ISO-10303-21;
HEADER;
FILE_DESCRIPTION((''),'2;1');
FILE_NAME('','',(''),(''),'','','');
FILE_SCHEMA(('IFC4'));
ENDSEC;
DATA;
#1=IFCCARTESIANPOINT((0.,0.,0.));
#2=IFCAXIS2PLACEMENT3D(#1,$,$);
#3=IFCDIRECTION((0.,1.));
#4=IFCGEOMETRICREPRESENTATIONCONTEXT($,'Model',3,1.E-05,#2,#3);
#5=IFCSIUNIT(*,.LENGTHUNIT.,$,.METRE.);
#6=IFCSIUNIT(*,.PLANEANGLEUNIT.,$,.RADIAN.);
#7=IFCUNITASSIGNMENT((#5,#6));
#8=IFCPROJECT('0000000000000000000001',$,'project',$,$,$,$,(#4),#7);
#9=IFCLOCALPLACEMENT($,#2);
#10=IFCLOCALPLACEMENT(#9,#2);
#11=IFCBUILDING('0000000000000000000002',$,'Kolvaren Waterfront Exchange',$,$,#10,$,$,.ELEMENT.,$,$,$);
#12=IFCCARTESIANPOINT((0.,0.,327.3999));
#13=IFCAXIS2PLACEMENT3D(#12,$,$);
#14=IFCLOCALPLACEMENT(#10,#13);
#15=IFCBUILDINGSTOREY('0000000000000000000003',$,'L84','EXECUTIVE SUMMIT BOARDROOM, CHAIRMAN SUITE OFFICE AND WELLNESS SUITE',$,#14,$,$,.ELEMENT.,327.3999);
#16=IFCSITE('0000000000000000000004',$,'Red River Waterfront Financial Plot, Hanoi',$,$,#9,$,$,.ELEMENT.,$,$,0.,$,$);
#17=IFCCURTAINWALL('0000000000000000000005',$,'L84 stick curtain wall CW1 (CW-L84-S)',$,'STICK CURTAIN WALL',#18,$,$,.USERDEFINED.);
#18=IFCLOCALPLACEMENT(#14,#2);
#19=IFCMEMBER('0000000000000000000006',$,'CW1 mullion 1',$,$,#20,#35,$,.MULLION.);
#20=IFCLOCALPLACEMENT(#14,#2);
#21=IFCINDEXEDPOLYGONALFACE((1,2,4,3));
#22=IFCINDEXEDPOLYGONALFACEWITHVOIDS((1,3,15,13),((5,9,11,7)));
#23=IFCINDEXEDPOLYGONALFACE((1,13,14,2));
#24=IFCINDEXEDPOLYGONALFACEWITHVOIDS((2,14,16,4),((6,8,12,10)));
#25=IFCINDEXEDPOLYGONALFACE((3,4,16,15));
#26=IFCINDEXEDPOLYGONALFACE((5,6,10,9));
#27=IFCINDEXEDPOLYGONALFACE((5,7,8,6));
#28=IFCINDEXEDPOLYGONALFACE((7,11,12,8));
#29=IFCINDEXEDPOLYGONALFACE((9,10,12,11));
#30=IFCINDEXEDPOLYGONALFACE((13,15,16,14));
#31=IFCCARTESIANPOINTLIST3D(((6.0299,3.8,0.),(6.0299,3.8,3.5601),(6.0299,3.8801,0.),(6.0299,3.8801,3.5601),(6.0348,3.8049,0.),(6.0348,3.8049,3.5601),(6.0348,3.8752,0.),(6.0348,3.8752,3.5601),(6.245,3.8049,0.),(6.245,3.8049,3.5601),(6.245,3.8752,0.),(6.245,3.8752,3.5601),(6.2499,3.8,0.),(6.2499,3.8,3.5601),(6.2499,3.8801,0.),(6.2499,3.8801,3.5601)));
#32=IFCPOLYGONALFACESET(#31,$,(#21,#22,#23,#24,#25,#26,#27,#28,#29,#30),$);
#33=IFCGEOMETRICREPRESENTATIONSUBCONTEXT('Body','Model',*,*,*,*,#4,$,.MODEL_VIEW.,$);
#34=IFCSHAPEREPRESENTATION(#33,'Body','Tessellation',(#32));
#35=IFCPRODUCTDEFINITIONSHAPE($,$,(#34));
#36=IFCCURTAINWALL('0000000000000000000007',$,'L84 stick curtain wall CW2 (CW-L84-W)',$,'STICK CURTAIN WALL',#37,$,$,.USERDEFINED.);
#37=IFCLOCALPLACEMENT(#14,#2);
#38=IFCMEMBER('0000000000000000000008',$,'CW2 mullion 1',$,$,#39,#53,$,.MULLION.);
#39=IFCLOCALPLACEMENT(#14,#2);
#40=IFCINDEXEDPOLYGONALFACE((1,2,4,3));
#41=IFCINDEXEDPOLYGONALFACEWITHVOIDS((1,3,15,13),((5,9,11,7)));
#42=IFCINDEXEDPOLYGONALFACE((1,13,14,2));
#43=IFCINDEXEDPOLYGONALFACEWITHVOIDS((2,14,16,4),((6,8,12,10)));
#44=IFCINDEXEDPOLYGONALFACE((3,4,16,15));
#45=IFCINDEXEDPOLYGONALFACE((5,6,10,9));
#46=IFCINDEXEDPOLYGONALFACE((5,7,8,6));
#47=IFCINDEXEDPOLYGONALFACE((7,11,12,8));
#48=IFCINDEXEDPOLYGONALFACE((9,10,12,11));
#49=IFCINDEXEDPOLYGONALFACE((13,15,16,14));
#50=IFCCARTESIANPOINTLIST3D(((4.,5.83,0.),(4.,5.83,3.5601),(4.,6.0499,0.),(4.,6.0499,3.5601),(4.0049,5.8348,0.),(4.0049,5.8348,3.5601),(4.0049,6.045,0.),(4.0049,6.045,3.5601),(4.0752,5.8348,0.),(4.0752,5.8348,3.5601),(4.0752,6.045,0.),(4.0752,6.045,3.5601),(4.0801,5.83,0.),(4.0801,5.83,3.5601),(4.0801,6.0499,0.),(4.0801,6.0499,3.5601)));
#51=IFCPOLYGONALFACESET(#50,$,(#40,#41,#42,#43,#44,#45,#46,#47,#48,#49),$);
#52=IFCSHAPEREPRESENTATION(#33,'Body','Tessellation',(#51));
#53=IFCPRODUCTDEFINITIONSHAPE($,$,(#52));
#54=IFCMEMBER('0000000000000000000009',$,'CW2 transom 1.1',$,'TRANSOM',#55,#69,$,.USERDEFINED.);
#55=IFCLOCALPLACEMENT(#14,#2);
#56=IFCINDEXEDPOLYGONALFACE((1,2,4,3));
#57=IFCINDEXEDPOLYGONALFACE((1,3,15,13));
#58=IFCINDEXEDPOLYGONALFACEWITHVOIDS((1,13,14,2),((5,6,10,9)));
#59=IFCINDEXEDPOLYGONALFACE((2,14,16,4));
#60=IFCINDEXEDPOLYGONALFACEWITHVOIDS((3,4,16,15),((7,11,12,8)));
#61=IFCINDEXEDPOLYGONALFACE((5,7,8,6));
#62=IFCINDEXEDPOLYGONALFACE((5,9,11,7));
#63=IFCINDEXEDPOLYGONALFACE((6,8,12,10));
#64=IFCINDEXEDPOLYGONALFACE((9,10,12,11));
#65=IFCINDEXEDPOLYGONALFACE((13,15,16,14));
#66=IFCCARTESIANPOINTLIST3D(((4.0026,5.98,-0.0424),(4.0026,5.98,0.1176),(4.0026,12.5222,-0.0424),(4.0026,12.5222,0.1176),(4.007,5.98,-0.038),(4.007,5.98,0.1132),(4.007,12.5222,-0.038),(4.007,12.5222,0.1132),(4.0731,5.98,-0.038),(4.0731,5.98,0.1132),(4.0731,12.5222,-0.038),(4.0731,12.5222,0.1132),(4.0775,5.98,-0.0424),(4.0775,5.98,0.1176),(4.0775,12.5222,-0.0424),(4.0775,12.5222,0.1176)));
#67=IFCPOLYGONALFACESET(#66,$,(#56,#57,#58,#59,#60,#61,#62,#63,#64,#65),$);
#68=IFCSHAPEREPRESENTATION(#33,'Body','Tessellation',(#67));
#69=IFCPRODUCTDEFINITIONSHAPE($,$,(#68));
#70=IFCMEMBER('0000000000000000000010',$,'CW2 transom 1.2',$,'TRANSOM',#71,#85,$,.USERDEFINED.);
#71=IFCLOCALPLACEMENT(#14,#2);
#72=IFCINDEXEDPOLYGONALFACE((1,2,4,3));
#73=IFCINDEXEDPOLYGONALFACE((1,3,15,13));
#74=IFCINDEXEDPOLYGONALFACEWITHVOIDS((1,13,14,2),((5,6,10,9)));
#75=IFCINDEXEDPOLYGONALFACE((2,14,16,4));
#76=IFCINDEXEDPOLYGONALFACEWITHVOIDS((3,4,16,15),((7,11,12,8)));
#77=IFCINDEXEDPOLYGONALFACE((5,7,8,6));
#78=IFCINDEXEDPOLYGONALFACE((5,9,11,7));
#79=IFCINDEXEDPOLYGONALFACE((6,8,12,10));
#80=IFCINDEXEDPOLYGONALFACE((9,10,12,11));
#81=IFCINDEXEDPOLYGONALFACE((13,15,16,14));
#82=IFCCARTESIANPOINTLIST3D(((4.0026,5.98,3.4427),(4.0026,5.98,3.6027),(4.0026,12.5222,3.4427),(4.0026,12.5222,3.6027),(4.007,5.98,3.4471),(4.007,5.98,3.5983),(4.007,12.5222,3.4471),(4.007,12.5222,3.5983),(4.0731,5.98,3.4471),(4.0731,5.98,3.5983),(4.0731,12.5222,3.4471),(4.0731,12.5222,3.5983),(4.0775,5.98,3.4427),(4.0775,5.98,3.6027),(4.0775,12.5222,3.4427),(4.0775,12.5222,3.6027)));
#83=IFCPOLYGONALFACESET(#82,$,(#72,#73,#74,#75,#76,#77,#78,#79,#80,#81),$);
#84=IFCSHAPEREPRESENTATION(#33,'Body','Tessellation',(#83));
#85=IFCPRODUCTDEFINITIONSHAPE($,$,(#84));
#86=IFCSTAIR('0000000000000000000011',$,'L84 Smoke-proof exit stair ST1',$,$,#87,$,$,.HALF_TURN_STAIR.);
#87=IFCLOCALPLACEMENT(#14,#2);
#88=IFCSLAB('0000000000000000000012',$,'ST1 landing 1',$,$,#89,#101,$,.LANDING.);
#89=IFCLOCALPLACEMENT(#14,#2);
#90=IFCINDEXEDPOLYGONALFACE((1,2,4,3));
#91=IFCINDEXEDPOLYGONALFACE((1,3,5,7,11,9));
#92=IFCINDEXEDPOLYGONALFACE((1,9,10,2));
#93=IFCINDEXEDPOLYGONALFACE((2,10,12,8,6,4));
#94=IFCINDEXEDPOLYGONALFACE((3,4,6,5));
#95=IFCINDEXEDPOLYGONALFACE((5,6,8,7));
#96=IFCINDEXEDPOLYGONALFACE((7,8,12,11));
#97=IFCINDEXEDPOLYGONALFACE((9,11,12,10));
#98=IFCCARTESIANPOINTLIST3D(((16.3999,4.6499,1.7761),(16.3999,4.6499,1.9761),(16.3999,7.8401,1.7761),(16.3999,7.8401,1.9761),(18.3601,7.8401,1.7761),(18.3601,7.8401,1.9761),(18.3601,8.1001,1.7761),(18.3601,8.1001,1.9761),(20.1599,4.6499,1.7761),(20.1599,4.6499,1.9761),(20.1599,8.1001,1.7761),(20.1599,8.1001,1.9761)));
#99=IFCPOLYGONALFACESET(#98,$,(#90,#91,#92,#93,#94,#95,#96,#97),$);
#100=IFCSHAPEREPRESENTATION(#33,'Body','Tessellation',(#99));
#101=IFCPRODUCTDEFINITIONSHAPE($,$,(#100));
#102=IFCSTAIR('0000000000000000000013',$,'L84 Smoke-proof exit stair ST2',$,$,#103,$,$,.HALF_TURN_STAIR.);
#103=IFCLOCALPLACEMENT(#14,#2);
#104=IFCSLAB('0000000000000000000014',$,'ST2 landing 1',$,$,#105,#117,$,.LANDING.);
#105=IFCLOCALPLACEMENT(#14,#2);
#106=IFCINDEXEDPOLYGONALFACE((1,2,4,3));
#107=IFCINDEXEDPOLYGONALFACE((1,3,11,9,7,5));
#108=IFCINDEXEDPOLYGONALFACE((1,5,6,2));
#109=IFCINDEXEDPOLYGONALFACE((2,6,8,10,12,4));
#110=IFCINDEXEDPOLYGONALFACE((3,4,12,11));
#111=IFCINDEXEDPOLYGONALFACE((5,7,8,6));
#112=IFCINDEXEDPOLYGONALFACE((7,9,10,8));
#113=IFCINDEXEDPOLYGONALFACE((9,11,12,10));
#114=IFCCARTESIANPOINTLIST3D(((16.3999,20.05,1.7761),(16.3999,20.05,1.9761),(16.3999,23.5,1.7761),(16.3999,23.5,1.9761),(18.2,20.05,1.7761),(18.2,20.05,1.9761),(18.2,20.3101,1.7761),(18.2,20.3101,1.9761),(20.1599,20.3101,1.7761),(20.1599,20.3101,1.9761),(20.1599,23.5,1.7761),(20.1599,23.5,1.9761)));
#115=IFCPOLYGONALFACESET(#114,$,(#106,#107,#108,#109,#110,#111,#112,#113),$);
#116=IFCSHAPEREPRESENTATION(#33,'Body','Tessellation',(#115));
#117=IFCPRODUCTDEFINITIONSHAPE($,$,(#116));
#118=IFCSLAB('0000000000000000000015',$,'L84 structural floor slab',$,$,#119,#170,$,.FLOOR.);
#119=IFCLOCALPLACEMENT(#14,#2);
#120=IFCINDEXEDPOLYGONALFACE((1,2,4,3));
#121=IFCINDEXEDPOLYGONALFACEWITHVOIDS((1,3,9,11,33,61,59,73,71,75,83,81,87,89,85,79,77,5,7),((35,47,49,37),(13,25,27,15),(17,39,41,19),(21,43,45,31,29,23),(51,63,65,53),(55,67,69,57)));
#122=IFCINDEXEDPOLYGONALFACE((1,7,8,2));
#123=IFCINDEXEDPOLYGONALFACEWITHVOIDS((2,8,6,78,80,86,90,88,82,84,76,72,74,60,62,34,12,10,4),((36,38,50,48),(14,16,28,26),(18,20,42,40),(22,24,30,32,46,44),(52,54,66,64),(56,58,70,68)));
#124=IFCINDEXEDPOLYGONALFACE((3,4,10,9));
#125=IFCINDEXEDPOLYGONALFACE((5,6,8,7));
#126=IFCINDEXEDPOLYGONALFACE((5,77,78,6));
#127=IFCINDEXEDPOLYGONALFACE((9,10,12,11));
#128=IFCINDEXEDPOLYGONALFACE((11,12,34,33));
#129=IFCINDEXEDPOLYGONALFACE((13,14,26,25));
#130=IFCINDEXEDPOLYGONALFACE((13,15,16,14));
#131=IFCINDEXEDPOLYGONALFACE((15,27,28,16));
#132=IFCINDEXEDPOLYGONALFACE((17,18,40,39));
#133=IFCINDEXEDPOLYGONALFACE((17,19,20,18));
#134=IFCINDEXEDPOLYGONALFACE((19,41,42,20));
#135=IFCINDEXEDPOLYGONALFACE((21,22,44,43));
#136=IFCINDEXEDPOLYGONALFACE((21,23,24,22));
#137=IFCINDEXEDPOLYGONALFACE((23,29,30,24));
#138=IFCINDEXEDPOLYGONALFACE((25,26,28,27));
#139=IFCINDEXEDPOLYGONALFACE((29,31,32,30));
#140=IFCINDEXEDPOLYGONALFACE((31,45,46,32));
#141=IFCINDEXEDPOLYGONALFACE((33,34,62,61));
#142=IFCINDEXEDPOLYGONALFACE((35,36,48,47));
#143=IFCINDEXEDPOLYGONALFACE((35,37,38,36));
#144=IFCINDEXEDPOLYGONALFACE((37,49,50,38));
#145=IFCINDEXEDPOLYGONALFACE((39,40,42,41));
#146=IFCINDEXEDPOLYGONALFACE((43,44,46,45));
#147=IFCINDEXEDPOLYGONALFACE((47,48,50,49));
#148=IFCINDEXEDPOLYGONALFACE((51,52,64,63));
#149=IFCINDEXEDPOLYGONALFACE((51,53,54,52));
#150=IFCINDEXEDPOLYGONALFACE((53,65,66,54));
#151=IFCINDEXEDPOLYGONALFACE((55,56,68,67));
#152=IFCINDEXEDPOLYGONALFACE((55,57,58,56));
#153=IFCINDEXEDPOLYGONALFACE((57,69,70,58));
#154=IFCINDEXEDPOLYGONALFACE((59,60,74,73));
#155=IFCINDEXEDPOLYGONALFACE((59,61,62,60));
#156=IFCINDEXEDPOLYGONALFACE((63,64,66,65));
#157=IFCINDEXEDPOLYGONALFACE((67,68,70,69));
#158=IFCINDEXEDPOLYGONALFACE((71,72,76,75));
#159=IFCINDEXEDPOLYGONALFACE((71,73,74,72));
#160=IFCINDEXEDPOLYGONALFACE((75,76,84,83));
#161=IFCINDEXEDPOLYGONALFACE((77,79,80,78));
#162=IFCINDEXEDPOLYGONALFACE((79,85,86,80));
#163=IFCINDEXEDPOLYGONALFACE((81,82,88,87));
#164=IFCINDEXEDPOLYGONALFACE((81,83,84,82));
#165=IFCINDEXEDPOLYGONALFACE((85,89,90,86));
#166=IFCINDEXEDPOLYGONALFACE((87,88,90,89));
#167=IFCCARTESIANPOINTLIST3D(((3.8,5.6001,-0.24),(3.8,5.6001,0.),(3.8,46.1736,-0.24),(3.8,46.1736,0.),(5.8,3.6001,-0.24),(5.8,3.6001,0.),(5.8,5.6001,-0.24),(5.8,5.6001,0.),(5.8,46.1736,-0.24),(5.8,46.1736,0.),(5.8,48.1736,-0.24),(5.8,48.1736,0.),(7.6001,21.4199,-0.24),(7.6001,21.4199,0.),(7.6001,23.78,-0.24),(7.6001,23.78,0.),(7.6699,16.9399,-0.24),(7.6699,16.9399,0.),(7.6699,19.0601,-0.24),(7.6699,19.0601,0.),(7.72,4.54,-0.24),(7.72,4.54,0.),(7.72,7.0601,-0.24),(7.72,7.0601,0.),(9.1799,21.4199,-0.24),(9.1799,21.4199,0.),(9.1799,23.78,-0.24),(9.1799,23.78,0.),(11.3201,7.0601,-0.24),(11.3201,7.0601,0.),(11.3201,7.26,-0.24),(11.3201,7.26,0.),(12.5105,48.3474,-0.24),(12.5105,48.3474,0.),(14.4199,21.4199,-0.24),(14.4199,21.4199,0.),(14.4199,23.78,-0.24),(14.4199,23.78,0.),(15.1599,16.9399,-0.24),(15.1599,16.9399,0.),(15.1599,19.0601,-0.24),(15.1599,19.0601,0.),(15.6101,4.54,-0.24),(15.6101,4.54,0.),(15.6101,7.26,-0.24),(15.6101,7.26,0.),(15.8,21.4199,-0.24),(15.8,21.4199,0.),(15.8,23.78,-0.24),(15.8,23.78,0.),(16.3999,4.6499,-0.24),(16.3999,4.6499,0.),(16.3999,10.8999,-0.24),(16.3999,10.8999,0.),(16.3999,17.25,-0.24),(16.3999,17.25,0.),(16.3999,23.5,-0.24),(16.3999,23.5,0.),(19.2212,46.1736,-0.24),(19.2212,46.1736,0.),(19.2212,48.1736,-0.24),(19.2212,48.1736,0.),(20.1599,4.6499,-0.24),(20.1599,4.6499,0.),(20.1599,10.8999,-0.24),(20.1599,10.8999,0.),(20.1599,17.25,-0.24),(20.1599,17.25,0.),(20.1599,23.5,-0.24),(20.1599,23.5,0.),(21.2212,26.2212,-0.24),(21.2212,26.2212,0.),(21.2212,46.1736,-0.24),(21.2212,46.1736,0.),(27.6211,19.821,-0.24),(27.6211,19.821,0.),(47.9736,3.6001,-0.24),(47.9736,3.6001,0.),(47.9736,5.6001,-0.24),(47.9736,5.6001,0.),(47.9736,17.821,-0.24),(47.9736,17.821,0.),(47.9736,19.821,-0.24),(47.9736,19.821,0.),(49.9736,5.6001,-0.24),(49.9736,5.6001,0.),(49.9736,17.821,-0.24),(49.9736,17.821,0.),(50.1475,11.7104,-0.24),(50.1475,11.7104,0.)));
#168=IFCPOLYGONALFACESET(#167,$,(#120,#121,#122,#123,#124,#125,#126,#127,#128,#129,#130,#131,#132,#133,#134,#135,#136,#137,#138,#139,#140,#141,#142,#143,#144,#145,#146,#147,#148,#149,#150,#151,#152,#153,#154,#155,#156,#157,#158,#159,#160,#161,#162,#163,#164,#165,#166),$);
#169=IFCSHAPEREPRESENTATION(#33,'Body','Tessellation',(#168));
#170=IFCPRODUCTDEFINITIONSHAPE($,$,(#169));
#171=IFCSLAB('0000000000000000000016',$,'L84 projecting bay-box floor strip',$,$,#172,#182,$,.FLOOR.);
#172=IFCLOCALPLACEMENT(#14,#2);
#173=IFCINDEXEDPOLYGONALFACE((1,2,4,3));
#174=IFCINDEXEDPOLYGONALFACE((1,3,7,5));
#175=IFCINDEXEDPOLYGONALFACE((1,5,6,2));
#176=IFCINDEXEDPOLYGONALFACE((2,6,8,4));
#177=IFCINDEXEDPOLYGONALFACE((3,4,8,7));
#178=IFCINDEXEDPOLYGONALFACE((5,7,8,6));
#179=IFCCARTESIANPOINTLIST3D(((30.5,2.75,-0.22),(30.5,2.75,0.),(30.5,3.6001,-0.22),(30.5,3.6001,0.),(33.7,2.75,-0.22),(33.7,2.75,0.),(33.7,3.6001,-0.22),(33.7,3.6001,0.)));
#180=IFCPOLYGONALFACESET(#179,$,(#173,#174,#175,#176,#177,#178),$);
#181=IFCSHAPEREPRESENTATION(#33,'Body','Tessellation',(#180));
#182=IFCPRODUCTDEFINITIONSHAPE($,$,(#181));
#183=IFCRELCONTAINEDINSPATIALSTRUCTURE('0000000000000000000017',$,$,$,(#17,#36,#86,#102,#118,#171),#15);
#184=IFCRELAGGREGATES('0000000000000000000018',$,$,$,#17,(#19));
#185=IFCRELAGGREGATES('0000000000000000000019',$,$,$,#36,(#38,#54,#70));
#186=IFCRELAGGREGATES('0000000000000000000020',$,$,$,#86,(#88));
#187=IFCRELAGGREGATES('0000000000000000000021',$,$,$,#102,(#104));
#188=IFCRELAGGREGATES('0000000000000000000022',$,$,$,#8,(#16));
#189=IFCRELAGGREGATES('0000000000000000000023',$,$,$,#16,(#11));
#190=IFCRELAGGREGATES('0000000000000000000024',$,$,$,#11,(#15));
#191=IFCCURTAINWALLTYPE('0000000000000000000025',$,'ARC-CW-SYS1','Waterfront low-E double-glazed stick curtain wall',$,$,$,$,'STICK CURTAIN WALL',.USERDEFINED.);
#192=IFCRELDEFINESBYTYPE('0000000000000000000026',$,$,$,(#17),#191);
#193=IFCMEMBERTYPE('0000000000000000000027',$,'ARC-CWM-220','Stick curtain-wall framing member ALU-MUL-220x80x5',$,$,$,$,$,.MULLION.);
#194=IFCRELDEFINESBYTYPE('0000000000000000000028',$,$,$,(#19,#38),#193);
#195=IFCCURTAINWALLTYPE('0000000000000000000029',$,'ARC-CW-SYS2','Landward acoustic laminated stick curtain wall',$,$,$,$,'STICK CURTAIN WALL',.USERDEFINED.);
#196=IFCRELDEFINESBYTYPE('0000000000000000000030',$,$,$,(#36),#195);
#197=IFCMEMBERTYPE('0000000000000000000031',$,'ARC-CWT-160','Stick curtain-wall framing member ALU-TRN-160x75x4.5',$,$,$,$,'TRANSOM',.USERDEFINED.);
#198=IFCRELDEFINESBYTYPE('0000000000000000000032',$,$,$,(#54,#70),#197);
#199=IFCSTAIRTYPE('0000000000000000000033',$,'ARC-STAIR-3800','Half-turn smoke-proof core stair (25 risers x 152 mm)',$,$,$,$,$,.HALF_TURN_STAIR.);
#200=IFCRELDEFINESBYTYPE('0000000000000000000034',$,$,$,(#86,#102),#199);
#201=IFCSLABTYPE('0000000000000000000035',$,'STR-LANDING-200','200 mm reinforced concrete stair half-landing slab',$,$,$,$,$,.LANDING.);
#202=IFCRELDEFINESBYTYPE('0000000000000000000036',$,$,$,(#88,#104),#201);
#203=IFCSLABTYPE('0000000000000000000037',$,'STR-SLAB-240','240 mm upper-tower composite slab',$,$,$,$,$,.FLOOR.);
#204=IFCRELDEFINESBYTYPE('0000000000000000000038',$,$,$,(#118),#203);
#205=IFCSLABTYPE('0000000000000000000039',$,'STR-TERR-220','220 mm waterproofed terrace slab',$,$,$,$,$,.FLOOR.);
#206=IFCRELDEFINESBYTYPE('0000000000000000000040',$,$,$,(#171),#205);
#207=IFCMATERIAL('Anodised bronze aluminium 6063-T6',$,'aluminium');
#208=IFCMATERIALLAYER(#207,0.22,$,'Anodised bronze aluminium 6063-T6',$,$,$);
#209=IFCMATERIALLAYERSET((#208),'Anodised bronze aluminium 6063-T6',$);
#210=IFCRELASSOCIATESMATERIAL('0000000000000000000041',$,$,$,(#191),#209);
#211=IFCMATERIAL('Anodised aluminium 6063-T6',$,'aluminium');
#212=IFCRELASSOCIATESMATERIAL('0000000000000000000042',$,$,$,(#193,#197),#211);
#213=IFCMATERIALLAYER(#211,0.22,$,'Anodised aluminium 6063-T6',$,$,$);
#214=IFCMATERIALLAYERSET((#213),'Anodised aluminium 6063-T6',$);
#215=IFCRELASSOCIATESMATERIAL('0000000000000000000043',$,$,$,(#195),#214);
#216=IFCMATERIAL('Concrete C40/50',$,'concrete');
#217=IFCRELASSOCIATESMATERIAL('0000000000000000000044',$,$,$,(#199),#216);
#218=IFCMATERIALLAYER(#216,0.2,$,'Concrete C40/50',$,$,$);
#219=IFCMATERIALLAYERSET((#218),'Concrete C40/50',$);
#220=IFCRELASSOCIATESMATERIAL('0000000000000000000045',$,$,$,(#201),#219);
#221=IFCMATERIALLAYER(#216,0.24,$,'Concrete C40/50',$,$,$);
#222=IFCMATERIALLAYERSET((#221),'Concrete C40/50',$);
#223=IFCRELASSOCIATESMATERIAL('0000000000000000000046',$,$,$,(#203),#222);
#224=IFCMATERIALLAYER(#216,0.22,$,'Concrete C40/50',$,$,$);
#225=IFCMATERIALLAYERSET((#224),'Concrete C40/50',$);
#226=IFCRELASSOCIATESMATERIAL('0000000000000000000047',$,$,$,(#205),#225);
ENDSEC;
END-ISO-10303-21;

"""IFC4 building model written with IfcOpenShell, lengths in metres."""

from ifc_helpers import new_model, si_unit, direction, frame, origin, origin_with_axes, origin_2d, place, context, subcontext, project, spatial, polyline, hollow_rectangle, outline, extrude, source, transform, mapped, material, layer, layer_set, material_profile, profile_set, type_object, element, aggregate, save


model = new_model("IFC4")

# Units and contexts
model_context = context("Model", 3, precision=1e-05, world=origin(), true_north=direction((0.0, 1.0)))
body_context = subcontext(model_context, "Body", "Model", "MODEL_VIEW")
ifc_project = project(units=[si_unit("LENGTHUNIT", "METRE"), si_unit("PLANEANGLEUNIT", "RADIAN")], contexts=[model_context])

# Site, building, storey
site_placement = place(None, origin())
site = spatial("IfcSite", under=ifc_project, at=site_placement, Name="Red River Waterfront Financial Plot, Hanoi", CompositionType="ELEMENT", RefElevation=0.0)
building_placement = place(site_placement, origin())
building = spatial("IfcBuilding", under=site, at=building_placement, Name="Kolvaren Waterfront Exchange", CompositionType="ELEMENT")
storey_placement = place(building_placement, frame((0.0, 0.0, 327.3999)))
storey = spatial("IfcBuildingStorey", under=building, at=storey_placement, Name="L84", Description="EXECUTIVE SUMMIT BOARDROOM, CHAIRMAN SUITE OFFICE AND WELLNESS SUITE", CompositionType="ELEMENT", Elevation=327.3999)

# Curtain wall, member
ifc_material_1 = material(Name="Anodised bronze aluminium 6063-T6", Category="aluminium")
ifc_layer_1 = layer(ifc_material_1, 0.22, Name="Anodised bronze aluminium 6063-T6")
ifc_layer_set_1 = layer_set([ifc_layer_1], Name="Anodised bronze aluminium 6063-T6")
curtain_wall_type_1 = type_object("IfcCurtainWallType", Name="ARC-CW-SYS1", Description="Waterfront low-E double-glazed stick curtain wall", ElementType="STICK CURTAIN WALL", PredefinedType="USERDEFINED", material=ifc_layer_set_1)
curtain_wall_1_placement = place(storey_placement, origin())
curtain_wall_1 = element("IfcCurtainWall", 1, at=curtain_wall_1_placement, inside=storey, type_object=curtain_wall_type_1, Name="L84 stick curtain wall CW1 (CW-L84-S)", ObjectType="STICK CURTAIN WALL", PredefinedType="USERDEFINED")
ifc_material_2 = material(Name="Anodised aluminium 6063-T6", Category="aluminium")
ifc_material_profile_1 = material_profile(ifc_material_2, hollow_rectangle(XDim=0.0801, YDim=0.22, WallThickness=0.0049, at=origin_2d()), Name="ALU-MUL-220x80x5")
ifc_profile_set_1 = profile_set([ifc_material_profile_1], Name="Anodised aluminium 6063-T6")
member_type_1 = type_object("IfcMemberType", Name="ARC-CWM-220", Description="Stick curtain-wall framing member ALU-MUL-220x80x5", PredefinedType="MULLION", material=ifc_profile_set_1)
shared_shape_1 = source(origin_with_axes(), body_context, "Body", "SweptSolid", [
    extrude(hollow_rectangle(XDim=0.0801, YDim=0.22, WallThickness=0.0049, at=origin_2d()), origin(), (0.0, 0.0, 1.0), 3.5601),
])
member_1_placement = place(storey_placement, frame((6.1399, 3.8401, 0.0), z_axis=(0.0, 0.0, 1.0), x_axis=(0.0, 1.0, 0.0)))
member_1 = element("IfcMember", 2, at=member_1_placement, type_object=member_type_1, Name="CW1 mullion 1", PredefinedType="MULLION", context=body_context, shape_type="MappedRepresentation", body=[
    mapped(shared_shape_1, transform((0.0, 0.0, 0.0), x_axis=(1.0, 0.0, 0.0), y_axis=(0.0, 1.0, 0.0), z_axis=(0.0, 0.0, 1.0), scale=1.0)),
])
aggregate(curtain_wall_1, [member_1])

# Curtain wall, members
ifc_layer_2 = layer(ifc_material_2, 0.22, Name="Anodised aluminium 6063-T6")
ifc_layer_set_2 = layer_set([ifc_layer_2], Name="Anodised aluminium 6063-T6")
curtain_wall_type_2 = type_object("IfcCurtainWallType", Name="ARC-CW-SYS2", Description="Landward acoustic laminated stick curtain wall", ElementType="STICK CURTAIN WALL", PredefinedType="USERDEFINED", material=ifc_layer_set_2)
curtain_wall_2_placement = place(storey_placement, origin())
curtain_wall_2 = element("IfcCurtainWall", 3, at=curtain_wall_2_placement, inside=storey, type_object=curtain_wall_type_2, Name="L84 stick curtain wall CW2 (CW-L84-W)", ObjectType="STICK CURTAIN WALL", PredefinedType="USERDEFINED")
member_2_placement = place(storey_placement, frame((4.04, 5.9399, 0.0), z_axis=(0.0, 0.0, 1.0), x_axis=(-1.0, 0.0, 0.0)))
member_2 = element("IfcMember", 4, at=member_2_placement, type_object=member_type_1, Name="CW2 mullion 1", PredefinedType="MULLION", context=body_context, shape_type="MappedRepresentation", body=[
    mapped(shared_shape_1, transform((0.0, 0.0, 0.0), x_axis=(1.0, 0.0, 0.0), y_axis=(0.0, 1.0, 0.0), z_axis=(0.0, 0.0, 1.0), scale=1.0)),
])
ifc_material_profile_2 = material_profile(ifc_material_2, hollow_rectangle(XDim=0.075, YDim=0.1599, WallThickness=0.0044, at=origin_2d()), Name="ALU-TRN-160x75x4.5")
ifc_profile_set_2 = profile_set([ifc_material_profile_2], Name="Anodised aluminium 6063-T6")
member_type_2 = type_object("IfcMemberType", Name="ARC-CWT-160", Description="Stick curtain-wall framing member ALU-TRN-160x75x4.5", ElementType="TRANSOM", PredefinedType="USERDEFINED", material=ifc_profile_set_2)
shared_shape_2 = source(origin_with_axes(), body_context, "Body", "SweptSolid", [
    extrude(hollow_rectangle(XDim=0.075, YDim=0.1599, WallThickness=0.0044, at=origin_2d()), origin(), (0.0, 0.0, 1.0), 6.5422),
])
member_3_placement = place(storey_placement, frame((4.04, 5.98, 0.0376), z_axis=(0.0, 1.0, 0.0), x_axis=(-1.0, 0.0, 0.0)))
member_3 = element("IfcMember", 5, at=member_3_placement, type_object=member_type_2, Name="CW2 transom 1.1", ObjectType="TRANSOM", PredefinedType="USERDEFINED", context=body_context, shape_type="MappedRepresentation", body=[
    mapped(shared_shape_2, transform((0.0, 0.0, 0.0), x_axis=(1.0, 0.0, 0.0), y_axis=(0.0, 1.0, 0.0), z_axis=(0.0, 0.0, 1.0), scale=1.0)),
])
member_4_placement = place(storey_placement, frame((4.04, 5.98, 3.5227), z_axis=(0.0, 1.0, 0.0), x_axis=(-1.0, 0.0, 0.0)))
member_4 = element("IfcMember", 6, at=member_4_placement, type_object=member_type_2, Name="CW2 transom 1.2", ObjectType="TRANSOM", PredefinedType="USERDEFINED", context=body_context, shape_type="MappedRepresentation", body=[
    mapped(shared_shape_2, transform((0.0, 0.0, 0.0), x_axis=(1.0, 0.0, 0.0), y_axis=(0.0, 1.0, 0.0), z_axis=(0.0, 0.0, 1.0), scale=1.0)),
])
aggregate(curtain_wall_2, [member_2, member_3, member_4])

# Stairs, slabs
ifc_material_3 = material(Name="Concrete C40/50", Category="concrete")
stair_type = type_object("IfcStairType", Name="ARC-STAIR-3800", Description="Half-turn smoke-proof core stair (25 risers x 152 mm)", PredefinedType="HALF_TURN_STAIR", material=ifc_material_3)
stair_1_placement = place(storey_placement, origin())
stair_1 = element("IfcStair", 7, at=stair_1_placement, inside=storey, type_object=stair_type, Name="L84 Smoke-proof exit stair ST1", PredefinedType="HALF_TURN_STAIR")
ifc_layer_3 = layer(ifc_material_3, 0.2, Name="Concrete C40/50")
ifc_layer_set_3 = layer_set([ifc_layer_3], Name="Concrete C40/50")
slab_type_1 = type_object("IfcSlabType", Name="STR-LANDING-200", Description="200 mm reinforced concrete stair half-landing slab", PredefinedType="LANDING", material=ifc_layer_set_3)
slab_1_placement = place(storey_placement, frame((0.0, 0.0, 1.7761)))
slab_1 = element("IfcSlab", 8, at=slab_1_placement, type_object=slab_type_1, Name="ST1 landing 1", PredefinedType="LANDING", context=body_context, shape_type="SweptSolid", body=[
    extrude(outline(polyline([(16.3999, 7.8401), (16.3999, 4.6499), (20.1599, 4.6499), (20.1599, 8.1001), (18.3601, 8.1001), (18.3601, 7.8401), (16.3999, 7.8401)])), origin(), (0.0, 0.0, 1.0), 0.2),
])
aggregate(stair_1, [slab_1])
stair_2_placement = place(storey_placement, origin())
stair_2 = element("IfcStair", 9, at=stair_2_placement, inside=storey, type_object=stair_type, Name="L84 Smoke-proof exit stair ST2", PredefinedType="HALF_TURN_STAIR")
slab_2_placement = place(storey_placement, frame((0.0, 0.0, 1.7761)))
slab_2 = element("IfcSlab", 10, at=slab_2_placement, type_object=slab_type_1, Name="ST2 landing 1", PredefinedType="LANDING", context=body_context, shape_type="SweptSolid", body=[
    extrude(outline(polyline([(20.1599, 20.3101), (20.1599, 23.5), (16.3999, 23.5), (16.3999, 20.05), (18.2, 20.05), (18.2, 20.3101), (20.1599, 20.3101)])), origin(), (0.0, 0.0, 1.0), 0.2),
])
aggregate(stair_2, [slab_2])

# Slabs
ifc_layer_4 = layer(ifc_material_3, 0.24, Name="Concrete C40/50")
ifc_layer_set_4 = layer_set([ifc_layer_4], Name="Concrete C40/50")
slab_type_2 = type_object("IfcSlabType", Name="STR-SLAB-240", Description="240 mm upper-tower composite slab", PredefinedType="FLOOR", material=ifc_layer_set_4)
slab_3_placement = place(storey_placement, frame((0.0, 0.0, -0.24)))
element("IfcSlab", 11, at=slab_3_placement, inside=storey, type_object=slab_type_2, Name="L84 structural floor slab", PredefinedType="FLOOR", context=body_context, shape_type="SweptSolid", body=[
    extrude(outline(polyline([(5.8, 3.6001), (47.9736, 3.6001), (47.9736, 5.6001), (49.9736, 5.6001), (50.1475, 11.7104), (49.9736, 17.821), (47.9736, 17.821), (47.9736, 19.821), (27.6211, 19.821), (21.2212, 26.2212), (21.2212, 46.1736), (19.2212, 46.1736), (19.2212, 48.1736), (12.5105, 48.3474), (5.8, 48.1736), (5.8, 46.1736), (3.8, 46.1736), (3.8, 5.6001), (5.8, 5.6001), (5.8, 3.6001)]), holes=[polyline([(11.3201, 7.26), (15.6101, 7.26), (15.6101, 4.54), (7.72, 4.54), (7.72, 7.0601), (11.3201, 7.0601), (11.3201, 7.26)]), polyline([(20.1599, 10.8999), (20.1599, 4.6499), (16.3999, 4.6499), (16.3999, 10.8999), (20.1599, 10.8999)]), polyline([(7.6699, 19.0601), (15.1599, 19.0601), (15.1599, 16.9399), (7.6699, 16.9399), (7.6699, 19.0601)]), polyline([(16.3999, 17.25), (16.3999, 23.5), (20.1599, 23.5), (20.1599, 17.25), (16.3999, 17.25)]), polyline([(7.6001, 23.78), (9.1799, 23.78), (9.1799, 21.4199), (7.6001, 21.4199), (7.6001, 23.78)]), polyline([(14.4199, 23.78), (15.8, 23.78), (15.8, 21.4199), (14.4199, 21.4199), (14.4199, 23.78)])]), origin(), (0.0, 0.0, 1.0), 0.24),
])
ifc_layer_5 = layer(ifc_material_3, 0.22, Name="Concrete C40/50")
ifc_layer_set_5 = layer_set([ifc_layer_5], Name="Concrete C40/50")
slab_type_3 = type_object("IfcSlabType", Name="STR-TERR-220", Description="220 mm waterproofed terrace slab", PredefinedType="FLOOR", material=ifc_layer_set_5)
slab_4_placement = place(storey_placement, frame((0.0, 0.0, -0.22)))
element("IfcSlab", 12, at=slab_4_placement, inside=storey, type_object=slab_type_3, Name="L84 projecting bay-box floor strip", PredefinedType="FLOOR", context=body_context, shape_type="SweptSolid", body=[
    extrude(outline(polyline([(30.5, 2.75), (33.7, 2.75), (33.7, 3.6001), (30.5, 3.6001), (30.5, 2.75)])), origin(), (0.0, 0.0, 1.0), 0.22),
])

save(model, "model.ifc")
